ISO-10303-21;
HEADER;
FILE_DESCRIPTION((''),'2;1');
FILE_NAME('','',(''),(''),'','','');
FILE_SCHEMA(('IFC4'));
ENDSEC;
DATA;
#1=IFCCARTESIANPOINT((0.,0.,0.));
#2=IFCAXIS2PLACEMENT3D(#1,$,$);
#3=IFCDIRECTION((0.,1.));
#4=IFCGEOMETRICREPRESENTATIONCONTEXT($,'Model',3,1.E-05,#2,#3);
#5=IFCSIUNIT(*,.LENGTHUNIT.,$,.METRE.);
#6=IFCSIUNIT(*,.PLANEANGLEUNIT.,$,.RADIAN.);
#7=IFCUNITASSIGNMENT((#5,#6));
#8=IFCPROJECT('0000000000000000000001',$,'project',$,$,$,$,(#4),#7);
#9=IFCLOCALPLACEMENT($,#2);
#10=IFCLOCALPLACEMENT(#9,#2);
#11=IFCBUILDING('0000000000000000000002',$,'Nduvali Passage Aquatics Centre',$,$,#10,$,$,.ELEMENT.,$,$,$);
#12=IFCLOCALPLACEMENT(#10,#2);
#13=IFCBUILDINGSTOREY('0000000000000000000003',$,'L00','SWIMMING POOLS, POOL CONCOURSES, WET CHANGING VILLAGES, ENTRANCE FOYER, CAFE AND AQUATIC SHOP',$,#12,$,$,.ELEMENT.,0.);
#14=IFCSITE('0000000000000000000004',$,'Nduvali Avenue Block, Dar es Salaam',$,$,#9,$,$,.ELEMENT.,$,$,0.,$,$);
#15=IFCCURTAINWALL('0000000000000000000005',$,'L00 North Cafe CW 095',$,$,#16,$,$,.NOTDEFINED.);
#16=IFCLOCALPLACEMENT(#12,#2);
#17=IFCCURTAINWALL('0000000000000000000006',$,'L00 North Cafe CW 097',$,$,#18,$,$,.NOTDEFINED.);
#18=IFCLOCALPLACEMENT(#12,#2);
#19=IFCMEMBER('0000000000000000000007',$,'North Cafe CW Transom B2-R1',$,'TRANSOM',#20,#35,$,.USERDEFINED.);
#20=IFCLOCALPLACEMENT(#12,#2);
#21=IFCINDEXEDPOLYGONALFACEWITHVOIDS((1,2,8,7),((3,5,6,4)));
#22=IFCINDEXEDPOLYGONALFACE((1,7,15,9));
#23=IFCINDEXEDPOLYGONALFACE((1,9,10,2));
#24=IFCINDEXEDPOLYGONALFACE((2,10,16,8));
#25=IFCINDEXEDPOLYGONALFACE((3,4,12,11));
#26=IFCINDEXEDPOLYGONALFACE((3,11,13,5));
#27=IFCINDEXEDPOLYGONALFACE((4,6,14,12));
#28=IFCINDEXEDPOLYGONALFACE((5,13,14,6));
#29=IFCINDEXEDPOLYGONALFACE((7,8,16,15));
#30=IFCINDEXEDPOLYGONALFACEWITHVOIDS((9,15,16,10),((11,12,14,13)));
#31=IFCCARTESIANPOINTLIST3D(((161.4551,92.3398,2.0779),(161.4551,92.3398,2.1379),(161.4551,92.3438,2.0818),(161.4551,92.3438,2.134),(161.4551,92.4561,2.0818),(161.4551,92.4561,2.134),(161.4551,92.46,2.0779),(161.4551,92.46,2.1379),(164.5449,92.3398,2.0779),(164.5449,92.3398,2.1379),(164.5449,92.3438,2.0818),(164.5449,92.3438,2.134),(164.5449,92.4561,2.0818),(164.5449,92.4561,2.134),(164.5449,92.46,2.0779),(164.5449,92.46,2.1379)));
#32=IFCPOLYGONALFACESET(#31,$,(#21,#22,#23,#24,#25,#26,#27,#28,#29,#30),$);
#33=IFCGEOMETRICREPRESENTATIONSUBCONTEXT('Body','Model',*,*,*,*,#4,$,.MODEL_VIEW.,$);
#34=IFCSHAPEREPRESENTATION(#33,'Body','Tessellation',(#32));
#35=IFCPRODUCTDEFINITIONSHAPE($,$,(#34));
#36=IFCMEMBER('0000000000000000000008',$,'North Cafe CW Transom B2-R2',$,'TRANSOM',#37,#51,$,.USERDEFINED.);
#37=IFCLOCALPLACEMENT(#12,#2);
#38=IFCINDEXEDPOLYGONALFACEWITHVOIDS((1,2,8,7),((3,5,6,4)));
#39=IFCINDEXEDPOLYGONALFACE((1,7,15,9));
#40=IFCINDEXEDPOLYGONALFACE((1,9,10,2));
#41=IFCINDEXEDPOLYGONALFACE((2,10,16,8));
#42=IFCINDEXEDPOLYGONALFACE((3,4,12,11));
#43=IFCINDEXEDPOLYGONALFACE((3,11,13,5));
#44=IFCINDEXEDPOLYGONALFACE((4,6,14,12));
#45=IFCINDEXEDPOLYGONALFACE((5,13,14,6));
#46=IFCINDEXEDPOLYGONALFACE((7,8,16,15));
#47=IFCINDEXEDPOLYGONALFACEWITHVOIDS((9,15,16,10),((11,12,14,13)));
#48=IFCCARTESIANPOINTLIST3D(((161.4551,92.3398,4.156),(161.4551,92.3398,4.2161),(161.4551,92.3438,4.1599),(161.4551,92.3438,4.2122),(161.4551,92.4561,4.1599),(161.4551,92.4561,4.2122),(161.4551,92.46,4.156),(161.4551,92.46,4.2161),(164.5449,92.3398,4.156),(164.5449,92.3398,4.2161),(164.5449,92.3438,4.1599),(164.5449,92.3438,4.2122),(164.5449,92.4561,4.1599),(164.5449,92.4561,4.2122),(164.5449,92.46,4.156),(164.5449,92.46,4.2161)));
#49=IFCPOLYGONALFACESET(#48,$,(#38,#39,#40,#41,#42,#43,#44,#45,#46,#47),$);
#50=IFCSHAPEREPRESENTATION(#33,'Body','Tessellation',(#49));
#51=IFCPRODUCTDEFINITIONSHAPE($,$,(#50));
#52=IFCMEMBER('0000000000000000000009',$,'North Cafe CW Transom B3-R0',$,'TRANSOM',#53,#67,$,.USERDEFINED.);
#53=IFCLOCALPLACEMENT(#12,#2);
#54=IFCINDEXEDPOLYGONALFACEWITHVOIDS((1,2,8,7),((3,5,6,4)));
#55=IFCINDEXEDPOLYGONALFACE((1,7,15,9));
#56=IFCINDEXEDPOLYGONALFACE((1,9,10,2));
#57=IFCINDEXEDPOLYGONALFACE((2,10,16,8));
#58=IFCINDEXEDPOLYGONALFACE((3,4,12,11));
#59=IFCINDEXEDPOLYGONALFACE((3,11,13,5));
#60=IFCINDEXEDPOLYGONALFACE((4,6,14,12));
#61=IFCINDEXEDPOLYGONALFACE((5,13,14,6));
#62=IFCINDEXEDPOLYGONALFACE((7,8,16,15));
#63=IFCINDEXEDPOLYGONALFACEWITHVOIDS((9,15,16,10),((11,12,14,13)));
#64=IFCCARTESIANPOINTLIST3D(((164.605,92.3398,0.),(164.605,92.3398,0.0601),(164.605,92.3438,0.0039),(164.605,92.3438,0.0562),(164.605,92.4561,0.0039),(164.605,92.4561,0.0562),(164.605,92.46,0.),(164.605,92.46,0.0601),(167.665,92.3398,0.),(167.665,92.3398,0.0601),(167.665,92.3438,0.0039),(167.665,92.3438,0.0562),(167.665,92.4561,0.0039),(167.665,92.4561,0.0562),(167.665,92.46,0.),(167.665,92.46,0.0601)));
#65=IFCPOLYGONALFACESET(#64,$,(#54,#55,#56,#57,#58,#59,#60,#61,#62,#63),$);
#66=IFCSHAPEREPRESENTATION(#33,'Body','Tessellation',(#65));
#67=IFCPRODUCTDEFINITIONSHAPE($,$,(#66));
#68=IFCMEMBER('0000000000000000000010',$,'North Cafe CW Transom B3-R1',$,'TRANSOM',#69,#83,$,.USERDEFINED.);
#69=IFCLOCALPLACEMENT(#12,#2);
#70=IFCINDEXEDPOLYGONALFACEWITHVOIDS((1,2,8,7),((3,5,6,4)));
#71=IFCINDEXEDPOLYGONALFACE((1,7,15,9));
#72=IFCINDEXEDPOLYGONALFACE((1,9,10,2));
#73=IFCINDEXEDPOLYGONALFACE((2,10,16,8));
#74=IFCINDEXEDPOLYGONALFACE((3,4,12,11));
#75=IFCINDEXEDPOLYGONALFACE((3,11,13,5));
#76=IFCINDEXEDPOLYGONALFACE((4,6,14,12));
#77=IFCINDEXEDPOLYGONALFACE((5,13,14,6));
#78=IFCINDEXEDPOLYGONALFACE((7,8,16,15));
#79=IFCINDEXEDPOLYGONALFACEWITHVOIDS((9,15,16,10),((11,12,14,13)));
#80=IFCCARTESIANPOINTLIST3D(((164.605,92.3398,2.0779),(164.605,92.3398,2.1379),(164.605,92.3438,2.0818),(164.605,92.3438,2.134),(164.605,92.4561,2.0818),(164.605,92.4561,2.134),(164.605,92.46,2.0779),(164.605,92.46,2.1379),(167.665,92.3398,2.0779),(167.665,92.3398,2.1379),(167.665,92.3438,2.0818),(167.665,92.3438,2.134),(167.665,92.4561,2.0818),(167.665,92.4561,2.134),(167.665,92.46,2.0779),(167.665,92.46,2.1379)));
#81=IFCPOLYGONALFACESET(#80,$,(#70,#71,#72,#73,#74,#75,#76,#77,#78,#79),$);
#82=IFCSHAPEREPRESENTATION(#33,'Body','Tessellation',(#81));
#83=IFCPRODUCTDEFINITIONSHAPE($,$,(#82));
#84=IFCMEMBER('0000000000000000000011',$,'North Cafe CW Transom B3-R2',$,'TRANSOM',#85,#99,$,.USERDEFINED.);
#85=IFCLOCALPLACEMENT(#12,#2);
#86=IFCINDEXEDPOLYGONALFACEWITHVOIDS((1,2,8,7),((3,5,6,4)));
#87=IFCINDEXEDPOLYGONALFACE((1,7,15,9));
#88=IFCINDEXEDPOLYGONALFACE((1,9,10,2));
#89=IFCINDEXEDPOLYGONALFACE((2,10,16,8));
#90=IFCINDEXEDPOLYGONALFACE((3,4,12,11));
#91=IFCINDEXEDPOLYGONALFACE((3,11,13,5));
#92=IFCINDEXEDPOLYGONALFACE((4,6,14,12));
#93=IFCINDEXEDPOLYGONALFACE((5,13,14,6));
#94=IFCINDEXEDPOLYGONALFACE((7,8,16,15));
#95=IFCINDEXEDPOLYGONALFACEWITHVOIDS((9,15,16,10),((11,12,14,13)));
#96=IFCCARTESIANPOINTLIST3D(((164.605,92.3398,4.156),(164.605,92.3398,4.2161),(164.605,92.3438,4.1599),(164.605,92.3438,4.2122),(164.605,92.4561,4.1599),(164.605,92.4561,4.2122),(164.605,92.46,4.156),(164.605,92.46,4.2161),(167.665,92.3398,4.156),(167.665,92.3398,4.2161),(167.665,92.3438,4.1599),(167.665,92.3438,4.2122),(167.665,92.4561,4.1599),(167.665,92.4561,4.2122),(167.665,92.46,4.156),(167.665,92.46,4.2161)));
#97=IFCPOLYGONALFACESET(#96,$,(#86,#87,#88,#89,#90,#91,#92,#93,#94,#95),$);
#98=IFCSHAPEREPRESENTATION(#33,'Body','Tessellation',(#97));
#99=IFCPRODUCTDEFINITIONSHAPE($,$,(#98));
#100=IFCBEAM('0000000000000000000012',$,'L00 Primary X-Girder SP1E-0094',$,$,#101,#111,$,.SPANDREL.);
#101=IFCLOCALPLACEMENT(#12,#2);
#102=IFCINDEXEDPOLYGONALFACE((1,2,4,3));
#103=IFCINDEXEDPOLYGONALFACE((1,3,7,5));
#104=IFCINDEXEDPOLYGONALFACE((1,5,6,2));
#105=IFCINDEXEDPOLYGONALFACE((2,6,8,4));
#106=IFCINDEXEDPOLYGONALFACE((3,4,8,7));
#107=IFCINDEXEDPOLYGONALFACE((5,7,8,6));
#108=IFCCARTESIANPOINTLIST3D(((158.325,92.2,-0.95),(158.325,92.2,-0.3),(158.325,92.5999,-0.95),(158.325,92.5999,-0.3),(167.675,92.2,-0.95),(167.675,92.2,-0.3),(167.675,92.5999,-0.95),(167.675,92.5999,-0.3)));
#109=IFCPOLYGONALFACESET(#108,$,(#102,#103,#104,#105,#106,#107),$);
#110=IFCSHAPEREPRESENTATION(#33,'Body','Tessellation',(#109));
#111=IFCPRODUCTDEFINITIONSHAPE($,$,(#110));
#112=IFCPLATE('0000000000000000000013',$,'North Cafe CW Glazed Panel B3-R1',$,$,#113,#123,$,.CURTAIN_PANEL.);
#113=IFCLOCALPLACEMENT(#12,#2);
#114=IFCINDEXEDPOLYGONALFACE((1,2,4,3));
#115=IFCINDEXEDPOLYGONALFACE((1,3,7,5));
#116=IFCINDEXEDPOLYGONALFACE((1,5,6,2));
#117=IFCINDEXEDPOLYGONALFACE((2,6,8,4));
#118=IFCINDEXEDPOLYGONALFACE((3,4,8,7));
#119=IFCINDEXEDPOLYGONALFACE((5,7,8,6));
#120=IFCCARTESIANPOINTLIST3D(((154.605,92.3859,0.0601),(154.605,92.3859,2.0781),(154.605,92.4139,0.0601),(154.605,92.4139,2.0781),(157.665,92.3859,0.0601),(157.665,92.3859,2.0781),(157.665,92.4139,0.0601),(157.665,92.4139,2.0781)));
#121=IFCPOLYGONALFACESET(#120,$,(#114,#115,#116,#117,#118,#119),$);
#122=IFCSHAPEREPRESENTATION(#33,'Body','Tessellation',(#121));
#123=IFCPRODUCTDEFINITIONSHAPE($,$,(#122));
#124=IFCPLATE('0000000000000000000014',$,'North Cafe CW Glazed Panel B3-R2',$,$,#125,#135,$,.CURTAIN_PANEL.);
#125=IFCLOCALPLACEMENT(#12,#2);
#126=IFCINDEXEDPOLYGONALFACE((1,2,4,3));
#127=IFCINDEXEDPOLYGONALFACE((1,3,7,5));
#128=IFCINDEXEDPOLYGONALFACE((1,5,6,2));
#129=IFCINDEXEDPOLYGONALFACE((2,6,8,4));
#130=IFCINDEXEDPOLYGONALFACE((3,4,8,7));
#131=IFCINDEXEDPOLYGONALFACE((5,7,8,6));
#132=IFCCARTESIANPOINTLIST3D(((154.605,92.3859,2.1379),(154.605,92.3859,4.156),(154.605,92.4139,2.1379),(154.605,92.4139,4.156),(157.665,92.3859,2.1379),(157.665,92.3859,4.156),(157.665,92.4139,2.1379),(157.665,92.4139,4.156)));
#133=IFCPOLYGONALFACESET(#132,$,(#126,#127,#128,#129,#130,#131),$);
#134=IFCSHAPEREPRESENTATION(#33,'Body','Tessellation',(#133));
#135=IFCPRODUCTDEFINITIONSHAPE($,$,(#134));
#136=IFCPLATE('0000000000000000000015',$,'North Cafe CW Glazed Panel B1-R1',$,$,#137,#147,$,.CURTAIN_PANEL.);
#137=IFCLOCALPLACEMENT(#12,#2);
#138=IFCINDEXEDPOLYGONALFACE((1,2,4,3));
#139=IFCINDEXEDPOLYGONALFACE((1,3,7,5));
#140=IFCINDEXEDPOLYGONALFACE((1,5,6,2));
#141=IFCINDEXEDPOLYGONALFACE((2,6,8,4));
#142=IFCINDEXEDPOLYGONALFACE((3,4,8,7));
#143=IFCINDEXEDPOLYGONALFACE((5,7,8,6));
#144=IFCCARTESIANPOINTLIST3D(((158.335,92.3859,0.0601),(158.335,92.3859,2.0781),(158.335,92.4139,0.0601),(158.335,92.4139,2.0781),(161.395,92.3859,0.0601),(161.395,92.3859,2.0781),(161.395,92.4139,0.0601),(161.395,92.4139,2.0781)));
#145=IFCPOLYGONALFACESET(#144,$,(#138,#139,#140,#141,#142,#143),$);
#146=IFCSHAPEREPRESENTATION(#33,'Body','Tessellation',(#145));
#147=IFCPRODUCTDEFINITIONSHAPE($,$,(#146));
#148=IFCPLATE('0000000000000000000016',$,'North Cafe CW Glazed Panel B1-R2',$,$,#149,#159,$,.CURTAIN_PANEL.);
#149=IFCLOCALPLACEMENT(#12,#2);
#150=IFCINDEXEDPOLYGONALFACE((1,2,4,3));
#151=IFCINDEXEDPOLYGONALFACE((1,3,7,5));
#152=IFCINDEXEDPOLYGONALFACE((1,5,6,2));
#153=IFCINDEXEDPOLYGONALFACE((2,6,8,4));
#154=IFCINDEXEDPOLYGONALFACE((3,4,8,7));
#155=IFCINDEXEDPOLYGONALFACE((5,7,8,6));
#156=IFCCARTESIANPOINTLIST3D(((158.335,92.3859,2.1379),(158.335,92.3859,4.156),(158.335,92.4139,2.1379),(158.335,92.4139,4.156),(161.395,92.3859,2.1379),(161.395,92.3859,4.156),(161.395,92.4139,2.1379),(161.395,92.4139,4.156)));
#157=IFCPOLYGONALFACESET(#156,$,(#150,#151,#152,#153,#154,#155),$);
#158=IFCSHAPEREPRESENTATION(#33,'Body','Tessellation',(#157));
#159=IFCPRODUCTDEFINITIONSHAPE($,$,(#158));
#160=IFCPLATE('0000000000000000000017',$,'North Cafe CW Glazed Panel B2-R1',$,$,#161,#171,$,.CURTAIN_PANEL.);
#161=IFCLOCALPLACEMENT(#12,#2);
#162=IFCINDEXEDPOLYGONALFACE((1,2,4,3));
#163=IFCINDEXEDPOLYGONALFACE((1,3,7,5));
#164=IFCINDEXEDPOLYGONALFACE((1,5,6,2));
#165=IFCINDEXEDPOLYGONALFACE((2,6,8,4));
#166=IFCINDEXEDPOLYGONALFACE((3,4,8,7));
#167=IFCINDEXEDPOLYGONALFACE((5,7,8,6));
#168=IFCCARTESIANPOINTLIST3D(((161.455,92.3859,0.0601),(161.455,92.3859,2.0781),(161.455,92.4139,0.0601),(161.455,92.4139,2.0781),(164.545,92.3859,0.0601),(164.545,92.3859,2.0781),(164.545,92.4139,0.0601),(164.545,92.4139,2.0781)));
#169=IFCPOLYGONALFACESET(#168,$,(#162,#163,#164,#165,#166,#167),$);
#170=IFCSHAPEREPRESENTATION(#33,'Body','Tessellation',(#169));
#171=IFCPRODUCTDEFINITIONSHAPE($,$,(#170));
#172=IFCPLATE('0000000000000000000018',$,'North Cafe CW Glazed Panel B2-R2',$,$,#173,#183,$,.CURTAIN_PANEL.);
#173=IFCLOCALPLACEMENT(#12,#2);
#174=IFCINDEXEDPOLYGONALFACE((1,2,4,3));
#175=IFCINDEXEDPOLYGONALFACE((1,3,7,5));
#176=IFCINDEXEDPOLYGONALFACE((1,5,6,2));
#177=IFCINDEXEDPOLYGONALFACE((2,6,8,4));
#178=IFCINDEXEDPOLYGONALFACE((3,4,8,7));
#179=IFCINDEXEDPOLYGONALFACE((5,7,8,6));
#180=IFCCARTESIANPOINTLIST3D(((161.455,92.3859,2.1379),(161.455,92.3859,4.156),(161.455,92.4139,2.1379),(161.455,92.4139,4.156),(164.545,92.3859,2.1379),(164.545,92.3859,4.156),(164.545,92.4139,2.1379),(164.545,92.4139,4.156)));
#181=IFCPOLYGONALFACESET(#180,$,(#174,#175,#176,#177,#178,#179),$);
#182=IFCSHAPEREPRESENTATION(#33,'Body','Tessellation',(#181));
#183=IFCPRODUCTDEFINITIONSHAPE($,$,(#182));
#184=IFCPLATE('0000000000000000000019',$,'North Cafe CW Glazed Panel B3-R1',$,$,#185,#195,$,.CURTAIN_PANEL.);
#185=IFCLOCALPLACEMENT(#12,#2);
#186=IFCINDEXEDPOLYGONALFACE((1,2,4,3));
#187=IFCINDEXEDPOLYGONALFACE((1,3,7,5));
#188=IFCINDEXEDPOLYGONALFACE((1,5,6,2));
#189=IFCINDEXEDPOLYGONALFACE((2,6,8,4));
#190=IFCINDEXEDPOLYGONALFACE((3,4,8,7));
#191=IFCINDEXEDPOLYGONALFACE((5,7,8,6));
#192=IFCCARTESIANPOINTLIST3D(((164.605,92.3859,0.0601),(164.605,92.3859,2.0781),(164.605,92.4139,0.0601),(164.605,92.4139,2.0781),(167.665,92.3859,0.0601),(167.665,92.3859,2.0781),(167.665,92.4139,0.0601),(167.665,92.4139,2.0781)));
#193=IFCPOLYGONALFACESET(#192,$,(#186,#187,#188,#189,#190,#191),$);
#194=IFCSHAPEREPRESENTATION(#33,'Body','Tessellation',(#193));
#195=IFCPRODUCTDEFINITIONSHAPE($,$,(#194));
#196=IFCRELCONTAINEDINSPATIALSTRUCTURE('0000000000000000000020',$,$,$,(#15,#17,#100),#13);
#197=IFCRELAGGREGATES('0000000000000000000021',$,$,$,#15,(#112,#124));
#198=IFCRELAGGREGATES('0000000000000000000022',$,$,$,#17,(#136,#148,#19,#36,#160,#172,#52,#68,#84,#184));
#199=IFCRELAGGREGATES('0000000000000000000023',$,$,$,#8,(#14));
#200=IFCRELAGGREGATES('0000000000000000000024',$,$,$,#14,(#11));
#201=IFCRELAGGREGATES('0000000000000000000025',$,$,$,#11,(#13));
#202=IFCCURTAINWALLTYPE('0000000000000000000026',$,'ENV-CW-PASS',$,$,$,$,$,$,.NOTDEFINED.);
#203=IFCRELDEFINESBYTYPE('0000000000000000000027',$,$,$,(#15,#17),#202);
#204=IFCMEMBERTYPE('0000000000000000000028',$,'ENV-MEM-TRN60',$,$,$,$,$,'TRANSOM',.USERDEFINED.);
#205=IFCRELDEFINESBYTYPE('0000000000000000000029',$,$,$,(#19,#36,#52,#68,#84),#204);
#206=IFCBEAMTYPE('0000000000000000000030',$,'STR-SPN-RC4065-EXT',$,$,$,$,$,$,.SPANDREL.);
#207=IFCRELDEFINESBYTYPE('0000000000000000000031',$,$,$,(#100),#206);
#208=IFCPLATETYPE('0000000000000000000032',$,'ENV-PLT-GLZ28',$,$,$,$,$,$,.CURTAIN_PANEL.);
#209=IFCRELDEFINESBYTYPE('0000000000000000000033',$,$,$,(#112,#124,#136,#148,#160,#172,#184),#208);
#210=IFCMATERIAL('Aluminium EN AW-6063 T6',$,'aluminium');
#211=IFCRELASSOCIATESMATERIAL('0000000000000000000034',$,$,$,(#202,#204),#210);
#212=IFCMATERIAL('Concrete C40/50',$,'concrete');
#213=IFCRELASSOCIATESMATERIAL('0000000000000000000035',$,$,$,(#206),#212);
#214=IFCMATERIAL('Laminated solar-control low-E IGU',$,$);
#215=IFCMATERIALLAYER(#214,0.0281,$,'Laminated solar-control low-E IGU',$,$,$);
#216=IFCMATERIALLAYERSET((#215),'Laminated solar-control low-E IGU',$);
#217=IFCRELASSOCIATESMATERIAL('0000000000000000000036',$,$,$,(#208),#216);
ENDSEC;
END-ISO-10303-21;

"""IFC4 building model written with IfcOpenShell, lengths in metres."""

from ifc_helpers import new_model, si_unit, direction, frame, origin, origin_2d, place, context, subcontext, project, spatial, rectangle, hollow_rectangle, extrude, material, layer, layer_set, material_profile, profile_set, type_object, element, aggregate, save


model = new_model("IFC4")

# Units and contexts
model_context = context("Model", 3, precision=1e-05, world=origin(), true_north=direction((0.0, 1.0)))
body_context = subcontext(model_context, "Body", "Model", "MODEL_VIEW")
ifc_project = project(units=[si_unit("LENGTHUNIT", "METRE"), si_unit("PLANEANGLEUNIT", "RADIAN")], contexts=[model_context])

# Site, building, storey
site_placement = place(None, origin())
site = spatial("IfcSite", under=ifc_project, at=site_placement, Name="Nduvali Avenue Block, Dar es Salaam", CompositionType="ELEMENT", RefElevation=0.0)
building_placement = place(site_placement, origin())
building = spatial("IfcBuilding", under=site, at=building_placement, Name="Nduvali Passage Aquatics Centre", CompositionType="ELEMENT")
storey_placement = place(building_placement, origin())
storey = spatial("IfcBuildingStorey", under=building, at=storey_placement, Name="L00", Description="SWIMMING POOLS, POOL CONCOURSES, WET CHANGING VILLAGES, ENTRANCE FOYER, CAFE AND AQUATIC SHOP", CompositionType="ELEMENT", Elevation=0.0)

# Shared definitions
ifc_material_1 = material(Name="Concrete C40/50", Category="concrete")

# Curtain wall
ifc_material_2 = material(Name="Aluminium EN AW-6063 T6", Category="aluminium")
curtain_wall_type = type_object("IfcCurtainWallType", Name="ENV-CW-PASS", PredefinedType="NOTDEFINED", material=ifc_material_2)
curtain_wall_1_placement = place(storey_placement, origin())
curtain_wall_1 = element("IfcCurtainWall", 1, at=curtain_wall_1_placement, inside=storey, type_object=curtain_wall_type, Name="L00 North Cafe CW 095", PredefinedType="NOTDEFINED")

# Curtain wall, members
curtain_wall_2_placement = place(storey_placement, origin())
curtain_wall_2 = element("IfcCurtainWall", 2, at=curtain_wall_2_placement, inside=storey, type_object=curtain_wall_type, Name="L00 North Cafe CW 097", PredefinedType="NOTDEFINED")
ifc_material_profile_1 = material_profile(ifc_material_2, hollow_rectangle(XDim=0.1201, YDim=0.0601, WallThickness=0.0039, at=origin_2d()), Name="ALU TRANSOM 120x60x4")
ifc_profile_set_1 = profile_set([ifc_material_profile_1], Name="Aluminium EN AW-6063 T6")
member_type_1 = type_object("IfcMemberType", Name="ENV-MEM-TRN60", ElementType="TRANSOM", PredefinedType="USERDEFINED", material=ifc_profile_set_1)
member_1_placement = place(storey_placement, frame((161.4551, 92.3999, 2.1079), z_axis=(1.0, 0.0, 0.0), x_axis=(0.0, 1.0, 0.0)))
member_1 = element("IfcMember", 3, at=member_1_placement, type_object=member_type_1, Name="North Cafe CW Transom B2-R1", ObjectType="TRANSOM", PredefinedType="USERDEFINED", context=body_context, shape_type="SweptSolid", body=[
    extrude(hollow_rectangle(XDim=0.1201, YDim=0.0601, WallThickness=0.0039, at=origin_2d()), origin(), (0.0, 0.0, 1.0), 3.0898),
])
member_2_placement = place(storey_placement, frame((161.4551, 92.3999, 4.186), z_axis=(1.0, 0.0, 0.0), x_axis=(0.0, 1.0, 0.0)))
member_2 = element("IfcMember", 4, at=member_2_placement, type_object=member_type_1, Name="North Cafe CW Transom B2-R2", ObjectType="TRANSOM", PredefinedType="USERDEFINED", context=body_context, shape_type="SweptSolid", body=[
    extrude(hollow_rectangle(XDim=0.1201, YDim=0.0601, WallThickness=0.0039, at=origin_2d()), origin(), (0.0, 0.0, 1.0), 3.0898),
])
member_3_placement = place(storey_placement, frame((164.605, 92.3999, 0.03), z_axis=(1.0, 0.0, 0.0), x_axis=(0.0, 1.0, 0.0)))
member_3 = element("IfcMember", 5, at=member_3_placement, type_object=member_type_1, Name="North Cafe CW Transom B3-R0", ObjectType="TRANSOM", PredefinedType="USERDEFINED", context=body_context, shape_type="SweptSolid", body=[
    extrude(hollow_rectangle(XDim=0.1201, YDim=0.0601, WallThickness=0.0039, at=origin_2d()), origin(), (0.0, 0.0, 1.0), 3.0601),
])
member_4_placement = place(storey_placement, frame((164.605, 92.3999, 2.1079), z_axis=(1.0, 0.0, 0.0), x_axis=(0.0, 1.0, 0.0)))
member_4 = element("IfcMember", 6, at=member_4_placement, type_object=member_type_1, Name="North Cafe CW Transom B3-R1", ObjectType="TRANSOM", PredefinedType="USERDEFINED", context=body_context, shape_type="SweptSolid", body=[
    extrude(hollow_rectangle(XDim=0.1201, YDim=0.0601, WallThickness=0.0039, at=origin_2d()), origin(), (0.0, 0.0, 1.0), 3.0601),
])
member_5_placement = place(storey_placement, frame((164.605, 92.3999, 4.186), z_axis=(1.0, 0.0, 0.0), x_axis=(0.0, 1.0, 0.0)))
member_5 = element("IfcMember", 7, at=member_5_placement, type_object=member_type_1, Name="North Cafe CW Transom B3-R2", ObjectType="TRANSOM", PredefinedType="USERDEFINED", context=body_context, shape_type="SweptSolid", body=[
    extrude(hollow_rectangle(XDim=0.1201, YDim=0.0601, WallThickness=0.0039, at=origin_2d()), origin(), (0.0, 0.0, 1.0), 3.0601),
])

# Beam
ifc_material_profile_2 = material_profile(ifc_material_1, rectangle(XDim=0.3999, YDim=0.6499, at=origin_2d()), Name="RC 400x650")
ifc_profile_set_2 = profile_set([ifc_material_profile_2], Name="Concrete C40/50")
beam_type = type_object("IfcBeamType", Name="STR-SPN-RC4065-EXT", PredefinedType="SPANDREL", material=ifc_profile_set_2)
beam_placement = place(storey_placement, frame((158.325, 92.3999, -0.625), z_axis=(1.0, 0.0, 0.0), x_axis=(0.0, 1.0, 0.0)))
element("IfcBeam", 8, at=beam_placement, inside=storey, type_object=beam_type, Name="L00 Primary X-Girder SP1E-0094", PredefinedType="SPANDREL", context=body_context, shape_type="SweptSolid", body=[
    extrude(rectangle(XDim=0.3999, YDim=0.6499, at=origin_2d()), origin(), (0.0, 0.0, 1.0), 9.3501),
])

# Plates
ifc_material_3 = material(Name="Laminated solar-control low-E IGU")
ifc_layer_1 = layer(ifc_material_3, 0.0281, Name="Laminated solar-control low-E IGU")
ifc_layer_set_1 = layer_set([ifc_layer_1], Name="Laminated solar-control low-E IGU")
plate_type = type_object("IfcPlateType", Name="ENV-PLT-GLZ28", PredefinedType="CURTAIN_PANEL", material=ifc_layer_set_1)
plate_1_placement = place(storey_placement, frame((156.135, 92.3999, 0.0601), z_axis=(0.0, 0.0, 1.0), x_axis=(1.0, 0.0, 0.0)))
plate_1 = element("IfcPlate", 9, at=plate_1_placement, type_object=plate_type, Name="North Cafe CW Glazed Panel B3-R1", PredefinedType="CURTAIN_PANEL", context=body_context, shape_type="SweptSolid", body=[
    extrude(rectangle(XDim=3.0601, YDim=0.0281, at=origin_2d()), origin(), (0.0, 0.0, 1.0), 2.0181),
])
plate_2_placement = place(storey_placement, frame((156.135, 92.3999, 2.1379), z_axis=(0.0, 0.0, 1.0), x_axis=(1.0, 0.0, 0.0)))
plate_2 = element("IfcPlate", 10, at=plate_2_placement, type_object=plate_type, Name="North Cafe CW Glazed Panel B3-R2", PredefinedType="CURTAIN_PANEL", context=body_context, shape_type="SweptSolid", body=[
    extrude(rectangle(XDim=3.0601, YDim=0.0281, at=origin_2d()), origin(), (0.0, 0.0, 1.0), 2.0181),
])
aggregate(curtain_wall_1, [plate_1, plate_2])
plate_3_placement = place(storey_placement, frame((159.865, 92.3999, 0.0601), z_axis=(0.0, 0.0, 1.0), x_axis=(1.0, 0.0, 0.0)))
plate_3 = element("IfcPlate", 11, at=plate_3_placement, type_object=plate_type, Name="North Cafe CW Glazed Panel B1-R1", PredefinedType="CURTAIN_PANEL", context=body_context, shape_type="SweptSolid", body=[
    extrude(rectangle(XDim=3.0601, YDim=0.0281, at=origin_2d()), origin(), (0.0, 0.0, 1.0), 2.0181),
])
plate_4_placement = place(storey_placement, frame((159.865, 92.3999, 2.1379), z_axis=(0.0, 0.0, 1.0), x_axis=(1.0, 0.0, 0.0)))
plate_4 = element("IfcPlate", 12, at=plate_4_placement, type_object=plate_type, Name="North Cafe CW Glazed Panel B1-R2", PredefinedType="CURTAIN_PANEL", context=body_context, shape_type="SweptSolid", body=[
    extrude(rectangle(XDim=3.0601, YDim=0.0281, at=origin_2d()), origin(), (0.0, 0.0, 1.0), 2.0181),
])
plate_5_placement = place(storey_placement, frame((163.0, 92.3999, 0.0601), z_axis=(0.0, 0.0, 1.0), x_axis=(1.0, 0.0, 0.0)))
plate_5 = element("IfcPlate", 13, at=plate_5_placement, type_object=plate_type, Name="North Cafe CW Glazed Panel B2-R1", PredefinedType="CURTAIN_PANEL", context=body_context, shape_type="SweptSolid", body=[
    extrude(rectangle(XDim=3.0901, YDim=0.0281, at=origin_2d()), origin(), (0.0, 0.0, 1.0), 2.0181),
])
plate_6_placement = place(storey_placement, frame((163.0, 92.3999, 2.1379), z_axis=(0.0, 0.0, 1.0), x_axis=(1.0, 0.0, 0.0)))
plate_6 = element("IfcPlate", 14, at=plate_6_placement, type_object=plate_type, Name="North Cafe CW Glazed Panel B2-R2", PredefinedType="CURTAIN_PANEL", context=body_context, shape_type="SweptSolid", body=[
    extrude(rectangle(XDim=3.0901, YDim=0.0281, at=origin_2d()), origin(), (0.0, 0.0, 1.0), 2.0181),
])
plate_7_placement = place(storey_placement, frame((166.135, 92.3999, 0.0601), z_axis=(0.0, 0.0, 1.0), x_axis=(1.0, 0.0, 0.0)))
plate_7 = element("IfcPlate", 15, at=plate_7_placement, type_object=plate_type, Name="North Cafe CW Glazed Panel B3-R1", PredefinedType="CURTAIN_PANEL", context=body_context, shape_type="SweptSolid", body=[
    extrude(rectangle(XDim=3.0601, YDim=0.0281, at=origin_2d()), origin(), (0.0, 0.0, 1.0), 2.0181),
])
aggregate(curtain_wall_2, [plate_3, plate_4, member_1, member_2, plate_5, plate_6, member_3, member_4, member_5, plate_7])

save(model, "model.ifc")
